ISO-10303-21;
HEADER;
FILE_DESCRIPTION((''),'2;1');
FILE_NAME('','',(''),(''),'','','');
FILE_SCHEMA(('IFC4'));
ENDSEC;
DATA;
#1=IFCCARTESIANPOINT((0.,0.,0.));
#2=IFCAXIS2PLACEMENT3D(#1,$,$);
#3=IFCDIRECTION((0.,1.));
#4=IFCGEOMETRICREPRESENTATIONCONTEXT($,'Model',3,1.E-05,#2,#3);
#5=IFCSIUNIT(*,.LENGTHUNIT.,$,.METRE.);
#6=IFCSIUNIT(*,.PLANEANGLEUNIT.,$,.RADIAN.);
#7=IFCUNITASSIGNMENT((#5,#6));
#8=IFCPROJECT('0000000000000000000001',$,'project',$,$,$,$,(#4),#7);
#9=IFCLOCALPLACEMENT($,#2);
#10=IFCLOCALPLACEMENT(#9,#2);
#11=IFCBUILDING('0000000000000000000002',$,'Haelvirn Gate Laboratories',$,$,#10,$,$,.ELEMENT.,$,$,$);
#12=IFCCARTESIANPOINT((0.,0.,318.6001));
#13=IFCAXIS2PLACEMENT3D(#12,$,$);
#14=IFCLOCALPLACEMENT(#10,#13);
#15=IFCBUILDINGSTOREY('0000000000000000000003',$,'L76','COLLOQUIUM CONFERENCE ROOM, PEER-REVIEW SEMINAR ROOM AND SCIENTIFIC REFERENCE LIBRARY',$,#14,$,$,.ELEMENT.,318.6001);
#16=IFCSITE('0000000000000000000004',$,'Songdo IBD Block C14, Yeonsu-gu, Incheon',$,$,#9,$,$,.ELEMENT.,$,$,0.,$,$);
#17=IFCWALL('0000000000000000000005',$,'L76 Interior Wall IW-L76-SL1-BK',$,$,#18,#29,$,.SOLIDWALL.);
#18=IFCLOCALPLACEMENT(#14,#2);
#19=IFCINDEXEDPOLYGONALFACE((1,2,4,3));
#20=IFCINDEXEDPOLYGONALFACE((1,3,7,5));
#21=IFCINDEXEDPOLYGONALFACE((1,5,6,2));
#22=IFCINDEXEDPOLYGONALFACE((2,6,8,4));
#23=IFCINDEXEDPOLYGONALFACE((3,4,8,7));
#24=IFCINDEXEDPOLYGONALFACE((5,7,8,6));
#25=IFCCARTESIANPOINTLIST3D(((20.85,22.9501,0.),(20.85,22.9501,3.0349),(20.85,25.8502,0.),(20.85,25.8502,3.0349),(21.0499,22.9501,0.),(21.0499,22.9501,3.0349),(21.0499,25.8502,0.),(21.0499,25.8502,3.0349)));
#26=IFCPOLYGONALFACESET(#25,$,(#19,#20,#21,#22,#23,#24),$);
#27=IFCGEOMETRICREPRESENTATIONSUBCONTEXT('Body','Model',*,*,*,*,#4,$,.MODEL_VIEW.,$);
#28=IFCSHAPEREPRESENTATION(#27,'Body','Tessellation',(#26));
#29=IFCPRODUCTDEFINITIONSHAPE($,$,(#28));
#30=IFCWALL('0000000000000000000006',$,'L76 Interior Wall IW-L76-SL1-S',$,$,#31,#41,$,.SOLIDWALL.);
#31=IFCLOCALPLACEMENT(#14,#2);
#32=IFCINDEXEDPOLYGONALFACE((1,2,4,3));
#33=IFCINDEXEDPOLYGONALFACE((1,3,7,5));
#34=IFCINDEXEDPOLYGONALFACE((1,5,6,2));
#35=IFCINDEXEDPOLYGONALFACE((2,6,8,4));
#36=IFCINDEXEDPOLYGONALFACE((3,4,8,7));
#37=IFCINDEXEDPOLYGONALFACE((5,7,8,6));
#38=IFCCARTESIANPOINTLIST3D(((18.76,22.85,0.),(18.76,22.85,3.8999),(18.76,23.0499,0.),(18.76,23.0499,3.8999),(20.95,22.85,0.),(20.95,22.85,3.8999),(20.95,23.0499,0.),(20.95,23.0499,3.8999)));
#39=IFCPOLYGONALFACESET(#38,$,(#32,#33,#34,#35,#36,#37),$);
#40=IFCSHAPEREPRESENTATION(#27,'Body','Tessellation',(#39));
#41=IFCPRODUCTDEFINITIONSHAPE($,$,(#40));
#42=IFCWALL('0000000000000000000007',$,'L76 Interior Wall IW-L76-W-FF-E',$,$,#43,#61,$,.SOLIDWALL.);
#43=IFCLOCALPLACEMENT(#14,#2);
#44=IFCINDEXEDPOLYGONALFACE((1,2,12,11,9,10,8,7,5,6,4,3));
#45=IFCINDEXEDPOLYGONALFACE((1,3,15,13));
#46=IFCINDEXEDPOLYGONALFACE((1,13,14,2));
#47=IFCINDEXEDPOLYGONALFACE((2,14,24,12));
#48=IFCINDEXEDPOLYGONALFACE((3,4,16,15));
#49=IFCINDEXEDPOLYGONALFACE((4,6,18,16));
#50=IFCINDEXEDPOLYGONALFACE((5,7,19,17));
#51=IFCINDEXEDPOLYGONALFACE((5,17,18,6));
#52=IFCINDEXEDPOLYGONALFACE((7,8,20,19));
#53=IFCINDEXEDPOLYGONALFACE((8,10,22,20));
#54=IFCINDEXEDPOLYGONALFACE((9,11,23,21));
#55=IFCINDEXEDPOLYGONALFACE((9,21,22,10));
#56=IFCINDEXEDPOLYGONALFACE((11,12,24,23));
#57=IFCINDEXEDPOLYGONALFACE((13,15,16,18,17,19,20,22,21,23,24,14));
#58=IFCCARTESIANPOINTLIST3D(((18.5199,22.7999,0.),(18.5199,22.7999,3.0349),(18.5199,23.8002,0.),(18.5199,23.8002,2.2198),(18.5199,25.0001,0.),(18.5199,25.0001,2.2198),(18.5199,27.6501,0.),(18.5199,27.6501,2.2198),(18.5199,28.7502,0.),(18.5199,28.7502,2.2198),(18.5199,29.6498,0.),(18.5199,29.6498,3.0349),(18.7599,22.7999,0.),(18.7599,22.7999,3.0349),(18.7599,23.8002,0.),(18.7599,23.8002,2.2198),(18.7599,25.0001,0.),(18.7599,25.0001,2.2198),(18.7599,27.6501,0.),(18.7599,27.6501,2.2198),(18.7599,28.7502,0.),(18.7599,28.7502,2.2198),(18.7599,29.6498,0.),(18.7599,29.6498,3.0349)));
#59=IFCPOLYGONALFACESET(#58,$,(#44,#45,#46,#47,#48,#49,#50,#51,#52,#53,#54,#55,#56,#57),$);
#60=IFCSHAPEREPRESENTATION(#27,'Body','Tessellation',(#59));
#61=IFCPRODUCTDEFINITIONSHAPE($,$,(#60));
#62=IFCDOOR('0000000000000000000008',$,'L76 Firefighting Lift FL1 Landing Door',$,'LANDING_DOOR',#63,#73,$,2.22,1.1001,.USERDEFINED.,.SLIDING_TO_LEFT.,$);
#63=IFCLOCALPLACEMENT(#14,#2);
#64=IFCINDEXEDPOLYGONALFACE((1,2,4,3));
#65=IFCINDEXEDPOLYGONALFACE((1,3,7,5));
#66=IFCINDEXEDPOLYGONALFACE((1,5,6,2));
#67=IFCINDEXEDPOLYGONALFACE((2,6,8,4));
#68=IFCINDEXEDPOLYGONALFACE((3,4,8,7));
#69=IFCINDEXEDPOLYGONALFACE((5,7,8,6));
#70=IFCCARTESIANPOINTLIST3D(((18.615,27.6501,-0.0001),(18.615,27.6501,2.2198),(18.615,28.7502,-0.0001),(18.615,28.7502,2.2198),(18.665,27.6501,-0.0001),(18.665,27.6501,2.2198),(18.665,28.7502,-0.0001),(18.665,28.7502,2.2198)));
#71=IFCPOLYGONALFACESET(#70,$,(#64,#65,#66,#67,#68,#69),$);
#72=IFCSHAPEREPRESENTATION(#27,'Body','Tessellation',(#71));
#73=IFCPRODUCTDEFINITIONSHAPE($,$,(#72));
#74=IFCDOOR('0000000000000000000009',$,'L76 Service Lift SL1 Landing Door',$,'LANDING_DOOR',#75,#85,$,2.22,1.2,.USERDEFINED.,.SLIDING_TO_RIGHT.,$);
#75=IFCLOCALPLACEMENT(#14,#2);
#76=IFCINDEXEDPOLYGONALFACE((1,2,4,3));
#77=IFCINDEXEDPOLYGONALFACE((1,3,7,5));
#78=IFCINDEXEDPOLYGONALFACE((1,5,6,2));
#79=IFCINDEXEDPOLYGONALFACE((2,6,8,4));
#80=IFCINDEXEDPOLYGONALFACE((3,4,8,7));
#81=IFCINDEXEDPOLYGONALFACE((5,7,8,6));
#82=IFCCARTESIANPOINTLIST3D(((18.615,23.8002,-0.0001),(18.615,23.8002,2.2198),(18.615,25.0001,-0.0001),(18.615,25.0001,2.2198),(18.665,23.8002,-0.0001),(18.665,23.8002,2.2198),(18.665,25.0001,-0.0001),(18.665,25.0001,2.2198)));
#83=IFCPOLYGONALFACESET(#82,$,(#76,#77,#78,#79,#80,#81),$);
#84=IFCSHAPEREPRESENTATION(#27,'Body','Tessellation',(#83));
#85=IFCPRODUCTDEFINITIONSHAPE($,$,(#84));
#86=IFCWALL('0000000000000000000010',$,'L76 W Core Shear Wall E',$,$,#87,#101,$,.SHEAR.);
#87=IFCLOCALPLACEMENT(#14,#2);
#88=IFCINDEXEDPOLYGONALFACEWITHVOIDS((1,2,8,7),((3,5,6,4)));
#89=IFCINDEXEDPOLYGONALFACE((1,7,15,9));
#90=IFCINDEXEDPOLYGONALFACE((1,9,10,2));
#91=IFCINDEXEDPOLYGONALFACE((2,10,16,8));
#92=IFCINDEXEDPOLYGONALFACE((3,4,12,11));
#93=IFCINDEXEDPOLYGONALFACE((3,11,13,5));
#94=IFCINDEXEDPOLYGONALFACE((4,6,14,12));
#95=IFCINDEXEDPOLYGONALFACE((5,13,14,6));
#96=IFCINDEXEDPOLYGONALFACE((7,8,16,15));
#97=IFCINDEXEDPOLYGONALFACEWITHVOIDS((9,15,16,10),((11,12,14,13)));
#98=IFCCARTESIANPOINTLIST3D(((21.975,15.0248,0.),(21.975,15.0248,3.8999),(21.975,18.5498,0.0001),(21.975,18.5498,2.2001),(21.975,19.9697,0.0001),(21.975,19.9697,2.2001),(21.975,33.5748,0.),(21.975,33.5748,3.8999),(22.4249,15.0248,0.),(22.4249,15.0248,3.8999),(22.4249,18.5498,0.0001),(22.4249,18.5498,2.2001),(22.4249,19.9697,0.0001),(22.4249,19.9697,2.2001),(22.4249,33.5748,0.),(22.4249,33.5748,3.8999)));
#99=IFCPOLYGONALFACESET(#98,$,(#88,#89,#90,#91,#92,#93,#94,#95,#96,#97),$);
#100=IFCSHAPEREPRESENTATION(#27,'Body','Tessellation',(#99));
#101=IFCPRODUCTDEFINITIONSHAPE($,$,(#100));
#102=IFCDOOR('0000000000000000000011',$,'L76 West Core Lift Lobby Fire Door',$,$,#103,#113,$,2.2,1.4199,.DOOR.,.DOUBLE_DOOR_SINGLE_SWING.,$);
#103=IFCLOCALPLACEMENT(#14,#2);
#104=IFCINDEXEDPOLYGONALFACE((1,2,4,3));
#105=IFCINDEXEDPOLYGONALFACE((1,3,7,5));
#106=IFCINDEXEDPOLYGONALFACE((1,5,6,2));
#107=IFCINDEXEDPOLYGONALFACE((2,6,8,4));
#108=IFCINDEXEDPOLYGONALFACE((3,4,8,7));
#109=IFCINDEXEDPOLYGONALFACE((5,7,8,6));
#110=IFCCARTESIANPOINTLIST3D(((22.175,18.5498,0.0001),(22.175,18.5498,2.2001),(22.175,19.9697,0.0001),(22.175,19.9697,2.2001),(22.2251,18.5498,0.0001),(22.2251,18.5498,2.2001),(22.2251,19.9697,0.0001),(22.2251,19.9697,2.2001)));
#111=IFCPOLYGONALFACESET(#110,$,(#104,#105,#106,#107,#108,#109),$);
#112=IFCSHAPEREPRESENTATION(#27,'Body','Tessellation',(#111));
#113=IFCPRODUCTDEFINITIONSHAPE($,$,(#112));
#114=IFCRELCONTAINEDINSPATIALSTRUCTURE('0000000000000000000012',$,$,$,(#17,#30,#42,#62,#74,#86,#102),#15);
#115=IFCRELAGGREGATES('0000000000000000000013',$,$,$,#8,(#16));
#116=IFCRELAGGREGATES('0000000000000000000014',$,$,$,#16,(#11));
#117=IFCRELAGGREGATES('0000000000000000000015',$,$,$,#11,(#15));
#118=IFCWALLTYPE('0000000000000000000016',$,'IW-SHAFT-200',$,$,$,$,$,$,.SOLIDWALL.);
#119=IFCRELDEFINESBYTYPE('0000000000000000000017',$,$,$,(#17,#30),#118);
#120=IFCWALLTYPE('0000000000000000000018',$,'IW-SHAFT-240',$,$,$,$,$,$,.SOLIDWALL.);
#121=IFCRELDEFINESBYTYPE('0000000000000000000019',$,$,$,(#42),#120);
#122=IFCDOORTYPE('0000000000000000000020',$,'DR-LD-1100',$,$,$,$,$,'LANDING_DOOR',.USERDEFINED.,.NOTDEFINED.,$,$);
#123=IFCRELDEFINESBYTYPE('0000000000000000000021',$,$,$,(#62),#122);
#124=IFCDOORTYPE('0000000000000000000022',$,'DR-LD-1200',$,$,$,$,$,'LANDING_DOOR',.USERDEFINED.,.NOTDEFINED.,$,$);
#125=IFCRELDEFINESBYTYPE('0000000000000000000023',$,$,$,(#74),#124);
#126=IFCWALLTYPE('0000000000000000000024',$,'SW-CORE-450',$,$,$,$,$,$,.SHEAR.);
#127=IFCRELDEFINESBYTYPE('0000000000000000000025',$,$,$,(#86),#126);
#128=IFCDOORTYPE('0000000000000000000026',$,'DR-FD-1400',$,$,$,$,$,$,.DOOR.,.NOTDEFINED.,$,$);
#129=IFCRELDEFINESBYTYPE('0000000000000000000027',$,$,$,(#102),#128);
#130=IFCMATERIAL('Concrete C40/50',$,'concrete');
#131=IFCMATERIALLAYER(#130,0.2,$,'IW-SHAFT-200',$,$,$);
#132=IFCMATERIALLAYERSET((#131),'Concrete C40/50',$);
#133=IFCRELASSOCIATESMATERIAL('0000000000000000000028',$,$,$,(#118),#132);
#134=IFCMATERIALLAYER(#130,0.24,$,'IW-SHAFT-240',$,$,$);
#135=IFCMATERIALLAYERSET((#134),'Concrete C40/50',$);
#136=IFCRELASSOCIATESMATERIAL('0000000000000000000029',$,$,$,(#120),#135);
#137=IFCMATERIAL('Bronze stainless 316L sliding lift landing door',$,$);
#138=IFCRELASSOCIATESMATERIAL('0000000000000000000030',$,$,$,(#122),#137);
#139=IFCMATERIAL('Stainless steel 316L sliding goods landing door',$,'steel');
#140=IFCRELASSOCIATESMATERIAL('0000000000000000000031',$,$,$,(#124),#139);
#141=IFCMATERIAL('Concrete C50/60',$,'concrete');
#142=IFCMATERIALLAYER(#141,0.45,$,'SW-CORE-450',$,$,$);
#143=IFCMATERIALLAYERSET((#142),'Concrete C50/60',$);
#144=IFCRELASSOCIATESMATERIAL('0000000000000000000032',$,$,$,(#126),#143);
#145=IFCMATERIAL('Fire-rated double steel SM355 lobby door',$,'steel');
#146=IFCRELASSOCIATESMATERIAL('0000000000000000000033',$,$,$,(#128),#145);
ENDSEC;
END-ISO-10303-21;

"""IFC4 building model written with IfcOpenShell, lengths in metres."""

from ifc_helpers import new_model, si_unit, direction, frame, frame_2d, origin, place, context, subcontext, project, spatial, rectangle, extrude, source, transform, mapped, material, layer, layer_set, type_object, type_shapes, element, fill, save


model = new_model("IFC4")

# Units and contexts
model_context = context("Model", 3, precision=1e-05, world=origin(), true_north=direction((0.0, 1.0)))
body_context = subcontext(model_context, "Body", "Model", "MODEL_VIEW")
ifc_project = project(units=[si_unit("LENGTHUNIT", "METRE"), si_unit("PLANEANGLEUNIT", "RADIAN")], contexts=[model_context])

# Site, building, storey
site_placement = place(None, origin())
site = spatial("IfcSite", under=ifc_project, at=site_placement, Name="Songdo IBD Block C14, Yeonsu-gu, Incheon", CompositionType="ELEMENT", RefElevation=0.0)
building_placement = place(site_placement, origin())
building = spatial("IfcBuilding", under=site, at=building_placement, Name="Haelvirn Gate Laboratories", CompositionType="ELEMENT")
storey_placement = place(building_placement, frame((0.0, 0.0, 318.6001)))
storey = spatial("IfcBuildingStorey", under=building, at=storey_placement, Name="L76", Description="COLLOQUIUM CONFERENCE ROOM, PEER-REVIEW SEMINAR ROOM AND SCIENTIFIC REFERENCE LIBRARY", CompositionType="ELEMENT", Elevation=318.6001)

# Shared definitions
ifc_material_1 = material(Name="Concrete C50/60", Category="concrete")

# Walls
ifc_material_2 = material(Name="Concrete C40/50", Category="concrete")
ifc_layer_1 = layer(ifc_material_2, 0.2, Name="IW-SHAFT-200")
ifc_layer_set_1 = layer_set([ifc_layer_1], Name="Concrete C40/50")
wall_type_1 = type_object("IfcWallType", Name="IW-SHAFT-200", PredefinedType="SOLIDWALL", material=ifc_layer_set_1)
wall_1_placement = place(storey_placement, frame((20.95, 22.95, 0.0), z_axis=(0.0, 0.0, 1.0), x_axis=(0.0, 1.0, 0.0)))
element("IfcWall", 1, at=wall_1_placement, inside=storey, type_object=wall_type_1, Name="L76 Interior Wall IW-L76-SL1-BK", PredefinedType="SOLIDWALL", context=body_context, shape_type="SweptSolid", body=[
    extrude(rectangle(XDim=2.9001, YDim=0.2, at=frame_2d((1.4502, 0.0))), origin(), (0.0, 0.0, 1.0), 3.0349),
])
wall_2_placement = place(storey_placement, frame((18.76, 22.95, 0.0), z_axis=(0.0, 0.0, 1.0), x_axis=(1.0, 0.0, 0.0)))
element("IfcWall", 2, at=wall_2_placement, inside=storey, type_object=wall_type_1, Name="L76 Interior Wall IW-L76-SL1-S", PredefinedType="SOLIDWALL", context=body_context, shape_type="SweptSolid", body=[
    extrude(rectangle(XDim=2.1899, YDim=0.2, at=frame_2d((1.095, 0.0))), origin(), (0.0, 0.0, 1.0), 3.8999),
])

# Wall, openings, doors
ifc_layer_2 = layer(ifc_material_2, 0.24, Name="IW-SHAFT-240")
ifc_layer_set_2 = layer_set([ifc_layer_2], Name="Concrete C40/50")
wall_type_2 = type_object("IfcWallType", Name="IW-SHAFT-240", PredefinedType="SOLIDWALL", material=ifc_layer_set_2)
wall_3_placement = place(storey_placement, frame((18.6399, 22.8, 0.0), z_axis=(0.0, 0.0, 1.0), x_axis=(0.0, 1.0, 0.0)))
wall_3 = element("IfcWall", 3, at=wall_3_placement, inside=storey, type_object=wall_type_2, Name="L76 Interior Wall IW-L76-W-FF-E", PredefinedType="SOLIDWALL", context=body_context, shape_type="SweptSolid", body=[
    extrude(rectangle(XDim=6.8499, YDim=0.24, at=frame_2d((3.4248, 0.0))), origin(), (0.0, 0.0, 1.0), 3.0349),
])
opening_1_placement = place(wall_3_placement, frame((4.8501, 0.0, 0.0)))
opening_1 = element("IfcOpeningElement", 4, at=opening_1_placement, cuts=wall_3, PredefinedType="OPENING", context=body_context, shape_type="SweptSolid", body=[
    extrude(rectangle(XDim=1.1001, YDim=2.22, at=frame_2d((0.55, 1.1099))), frame((0.0, 0.1299, 0.0), z_axis=(0.0, -1.0, 0.0), x_axis=(1.0, 0.0, 0.0)), (0.0, 0.0, 1.0), 0.26),
])
opening_2_placement = place(wall_3_placement, frame((1.0, 0.0, 0.0)))
opening_2 = element("IfcOpeningElement", 5, at=opening_2_placement, cuts=wall_3, PredefinedType="OPENING", context=body_context, shape_type="SweptSolid", body=[
    extrude(rectangle(XDim=1.2, YDim=2.22, at=frame_2d((0.6001, 1.1099))), frame((0.0, 0.1299, 0.0), z_axis=(0.0, -1.0, 0.0), x_axis=(1.0, 0.0, 0.0)), (0.0, 0.0, 1.0), 0.26),
])
ifc_material_3 = material(Name="Bronze stainless 316L sliding lift landing door")
door_type_1 = type_object("IfcDoorType", Name="DR-LD-1100", ElementType="LANDING_DOOR", OperationType="NOTDEFINED", PredefinedType="USERDEFINED", material=ifc_material_3)
shared_shape_1 = source(origin(), body_context, "Body", "SweptSolid", [
    extrude(rectangle(XDim=1.1001, YDim=2.22, at=frame_2d((0.55, 1.1099))), frame((0.0, 0.0249, 0.0), z_axis=(0.0, -1.0, 0.0), x_axis=(1.0, 0.0, 0.0)), (0.0, 0.0, 1.0), 0.05),
])
type_shapes(door_type_1, [shared_shape_1])
door_1_placement = place(opening_1_placement, origin())
door_1 = element("IfcDoor", 6, at=door_1_placement, inside=storey, type_object=door_type_1, Name="L76 Firefighting Lift FL1 Landing Door", ObjectType="LANDING_DOOR", OperationType="SLIDING_TO_LEFT", OverallHeight=2.22, OverallWidth=1.1001, PredefinedType="USERDEFINED", context=body_context, shape_type="MappedRepresentation", body=[
    mapped(shared_shape_1, transform((0.0, 0.0, 0.0), scale=1.0)),
])
fill(opening_1, door_1)
ifc_material_4 = material(Name="Stainless steel 316L sliding goods landing door", Category="steel")
door_type_2 = type_object("IfcDoorType", Name="DR-LD-1200", ElementType="LANDING_DOOR", OperationType="NOTDEFINED", PredefinedType="USERDEFINED", material=ifc_material_4)
shared_shape_2 = source(origin(), body_context, "Body", "SweptSolid", [
    extrude(rectangle(XDim=1.2, YDim=2.22, at=frame_2d((0.6001, 1.1099))), frame((0.0, 0.0249, 0.0), z_axis=(0.0, -1.0, 0.0), x_axis=(1.0, 0.0, 0.0)), (0.0, 0.0, 1.0), 0.05),
])
type_shapes(door_type_2, [shared_shape_2])
door_2_placement = place(opening_2_placement, origin())
door_2 = element("IfcDoor", 7, at=door_2_placement, inside=storey, type_object=door_type_2, Name="L76 Service Lift SL1 Landing Door", ObjectType="LANDING_DOOR", OperationType="SLIDING_TO_RIGHT", OverallHeight=2.22, OverallWidth=1.2, PredefinedType="USERDEFINED", context=body_context, shape_type="MappedRepresentation", body=[
    mapped(shared_shape_2, transform((0.0, 0.0, 0.0), scale=1.0)),
])
fill(opening_2, door_2)

# Wall, opening, door
ifc_layer_3 = layer(ifc_material_1, 0.45, Name="SW-CORE-450")
ifc_layer_set_3 = layer_set([ifc_layer_3], Name="Concrete C50/60")
wall_type_3 = type_object("IfcWallType", Name="SW-CORE-450", PredefinedType="SHEAR", material=ifc_layer_set_3)
wall_4_placement = place(storey_placement, frame((22.2, 15.0249, 0.0), z_axis=(0.0, 0.0, 1.0), x_axis=(0.0, 1.0, 0.0)))
wall_4 = element("IfcWall", 8, at=wall_4_placement, inside=storey, type_object=wall_type_3, Name="L76 W Core Shear Wall E", PredefinedType="SHEAR", context=body_context, shape_type="SweptSolid", body=[
    extrude(rectangle(XDim=18.55, YDim=0.45, at=frame_2d((9.2749, 0.0))), origin(), (0.0, 0.0, 1.0), 3.8999),
])
opening_3_placement = place(wall_4_placement, frame((3.5249, 0.0, 0.0)))
opening_3 = element("IfcOpeningElement", 9, at=opening_3_placement, cuts=wall_4, PredefinedType="OPENING", context=body_context, shape_type="SweptSolid", body=[
    extrude(rectangle(XDim=1.4199, YDim=2.2, at=frame_2d((0.71, 1.1001))), frame((0.0, 0.2349, 0.0), z_axis=(0.0, -1.0, 0.0), x_axis=(1.0, 0.0, 0.0)), (0.0, 0.0, 1.0), 0.47),
])
ifc_material_5 = material(Name="Fire-rated double steel SM355 lobby door", Category="steel")
door_type_3 = type_object("IfcDoorType", Name="DR-FD-1400", OperationType="NOTDEFINED", PredefinedType="DOOR", material=ifc_material_5)
shared_shape_3 = source(origin(), body_context, "Body", "SweptSolid", [
    extrude(rectangle(XDim=1.4199, YDim=2.2, at=frame_2d((0.71, 1.1001))), frame((0.0, 0.0249, 0.0), z_axis=(0.0, -1.0, 0.0), x_axis=(1.0, 0.0, 0.0)), (0.0, 0.0, 1.0), 0.05),
])
type_shapes(door_type_3, [shared_shape_3])
door_3_placement = place(opening_3_placement, origin())
door_3 = element("IfcDoor", 10, at=door_3_placement, inside=storey, type_object=door_type_3, Name="L76 West Core Lift Lobby Fire Door", OperationType="DOUBLE_DOOR_SINGLE_SWING", OverallHeight=2.2, OverallWidth=1.4199, PredefinedType="DOOR", context=body_context, shape_type="MappedRepresentation", body=[
    mapped(shared_shape_3, transform((0.0, 0.0, 0.0), scale=1.0)),
])
fill(opening_3, door_3)

save(model, "model.ifc")
